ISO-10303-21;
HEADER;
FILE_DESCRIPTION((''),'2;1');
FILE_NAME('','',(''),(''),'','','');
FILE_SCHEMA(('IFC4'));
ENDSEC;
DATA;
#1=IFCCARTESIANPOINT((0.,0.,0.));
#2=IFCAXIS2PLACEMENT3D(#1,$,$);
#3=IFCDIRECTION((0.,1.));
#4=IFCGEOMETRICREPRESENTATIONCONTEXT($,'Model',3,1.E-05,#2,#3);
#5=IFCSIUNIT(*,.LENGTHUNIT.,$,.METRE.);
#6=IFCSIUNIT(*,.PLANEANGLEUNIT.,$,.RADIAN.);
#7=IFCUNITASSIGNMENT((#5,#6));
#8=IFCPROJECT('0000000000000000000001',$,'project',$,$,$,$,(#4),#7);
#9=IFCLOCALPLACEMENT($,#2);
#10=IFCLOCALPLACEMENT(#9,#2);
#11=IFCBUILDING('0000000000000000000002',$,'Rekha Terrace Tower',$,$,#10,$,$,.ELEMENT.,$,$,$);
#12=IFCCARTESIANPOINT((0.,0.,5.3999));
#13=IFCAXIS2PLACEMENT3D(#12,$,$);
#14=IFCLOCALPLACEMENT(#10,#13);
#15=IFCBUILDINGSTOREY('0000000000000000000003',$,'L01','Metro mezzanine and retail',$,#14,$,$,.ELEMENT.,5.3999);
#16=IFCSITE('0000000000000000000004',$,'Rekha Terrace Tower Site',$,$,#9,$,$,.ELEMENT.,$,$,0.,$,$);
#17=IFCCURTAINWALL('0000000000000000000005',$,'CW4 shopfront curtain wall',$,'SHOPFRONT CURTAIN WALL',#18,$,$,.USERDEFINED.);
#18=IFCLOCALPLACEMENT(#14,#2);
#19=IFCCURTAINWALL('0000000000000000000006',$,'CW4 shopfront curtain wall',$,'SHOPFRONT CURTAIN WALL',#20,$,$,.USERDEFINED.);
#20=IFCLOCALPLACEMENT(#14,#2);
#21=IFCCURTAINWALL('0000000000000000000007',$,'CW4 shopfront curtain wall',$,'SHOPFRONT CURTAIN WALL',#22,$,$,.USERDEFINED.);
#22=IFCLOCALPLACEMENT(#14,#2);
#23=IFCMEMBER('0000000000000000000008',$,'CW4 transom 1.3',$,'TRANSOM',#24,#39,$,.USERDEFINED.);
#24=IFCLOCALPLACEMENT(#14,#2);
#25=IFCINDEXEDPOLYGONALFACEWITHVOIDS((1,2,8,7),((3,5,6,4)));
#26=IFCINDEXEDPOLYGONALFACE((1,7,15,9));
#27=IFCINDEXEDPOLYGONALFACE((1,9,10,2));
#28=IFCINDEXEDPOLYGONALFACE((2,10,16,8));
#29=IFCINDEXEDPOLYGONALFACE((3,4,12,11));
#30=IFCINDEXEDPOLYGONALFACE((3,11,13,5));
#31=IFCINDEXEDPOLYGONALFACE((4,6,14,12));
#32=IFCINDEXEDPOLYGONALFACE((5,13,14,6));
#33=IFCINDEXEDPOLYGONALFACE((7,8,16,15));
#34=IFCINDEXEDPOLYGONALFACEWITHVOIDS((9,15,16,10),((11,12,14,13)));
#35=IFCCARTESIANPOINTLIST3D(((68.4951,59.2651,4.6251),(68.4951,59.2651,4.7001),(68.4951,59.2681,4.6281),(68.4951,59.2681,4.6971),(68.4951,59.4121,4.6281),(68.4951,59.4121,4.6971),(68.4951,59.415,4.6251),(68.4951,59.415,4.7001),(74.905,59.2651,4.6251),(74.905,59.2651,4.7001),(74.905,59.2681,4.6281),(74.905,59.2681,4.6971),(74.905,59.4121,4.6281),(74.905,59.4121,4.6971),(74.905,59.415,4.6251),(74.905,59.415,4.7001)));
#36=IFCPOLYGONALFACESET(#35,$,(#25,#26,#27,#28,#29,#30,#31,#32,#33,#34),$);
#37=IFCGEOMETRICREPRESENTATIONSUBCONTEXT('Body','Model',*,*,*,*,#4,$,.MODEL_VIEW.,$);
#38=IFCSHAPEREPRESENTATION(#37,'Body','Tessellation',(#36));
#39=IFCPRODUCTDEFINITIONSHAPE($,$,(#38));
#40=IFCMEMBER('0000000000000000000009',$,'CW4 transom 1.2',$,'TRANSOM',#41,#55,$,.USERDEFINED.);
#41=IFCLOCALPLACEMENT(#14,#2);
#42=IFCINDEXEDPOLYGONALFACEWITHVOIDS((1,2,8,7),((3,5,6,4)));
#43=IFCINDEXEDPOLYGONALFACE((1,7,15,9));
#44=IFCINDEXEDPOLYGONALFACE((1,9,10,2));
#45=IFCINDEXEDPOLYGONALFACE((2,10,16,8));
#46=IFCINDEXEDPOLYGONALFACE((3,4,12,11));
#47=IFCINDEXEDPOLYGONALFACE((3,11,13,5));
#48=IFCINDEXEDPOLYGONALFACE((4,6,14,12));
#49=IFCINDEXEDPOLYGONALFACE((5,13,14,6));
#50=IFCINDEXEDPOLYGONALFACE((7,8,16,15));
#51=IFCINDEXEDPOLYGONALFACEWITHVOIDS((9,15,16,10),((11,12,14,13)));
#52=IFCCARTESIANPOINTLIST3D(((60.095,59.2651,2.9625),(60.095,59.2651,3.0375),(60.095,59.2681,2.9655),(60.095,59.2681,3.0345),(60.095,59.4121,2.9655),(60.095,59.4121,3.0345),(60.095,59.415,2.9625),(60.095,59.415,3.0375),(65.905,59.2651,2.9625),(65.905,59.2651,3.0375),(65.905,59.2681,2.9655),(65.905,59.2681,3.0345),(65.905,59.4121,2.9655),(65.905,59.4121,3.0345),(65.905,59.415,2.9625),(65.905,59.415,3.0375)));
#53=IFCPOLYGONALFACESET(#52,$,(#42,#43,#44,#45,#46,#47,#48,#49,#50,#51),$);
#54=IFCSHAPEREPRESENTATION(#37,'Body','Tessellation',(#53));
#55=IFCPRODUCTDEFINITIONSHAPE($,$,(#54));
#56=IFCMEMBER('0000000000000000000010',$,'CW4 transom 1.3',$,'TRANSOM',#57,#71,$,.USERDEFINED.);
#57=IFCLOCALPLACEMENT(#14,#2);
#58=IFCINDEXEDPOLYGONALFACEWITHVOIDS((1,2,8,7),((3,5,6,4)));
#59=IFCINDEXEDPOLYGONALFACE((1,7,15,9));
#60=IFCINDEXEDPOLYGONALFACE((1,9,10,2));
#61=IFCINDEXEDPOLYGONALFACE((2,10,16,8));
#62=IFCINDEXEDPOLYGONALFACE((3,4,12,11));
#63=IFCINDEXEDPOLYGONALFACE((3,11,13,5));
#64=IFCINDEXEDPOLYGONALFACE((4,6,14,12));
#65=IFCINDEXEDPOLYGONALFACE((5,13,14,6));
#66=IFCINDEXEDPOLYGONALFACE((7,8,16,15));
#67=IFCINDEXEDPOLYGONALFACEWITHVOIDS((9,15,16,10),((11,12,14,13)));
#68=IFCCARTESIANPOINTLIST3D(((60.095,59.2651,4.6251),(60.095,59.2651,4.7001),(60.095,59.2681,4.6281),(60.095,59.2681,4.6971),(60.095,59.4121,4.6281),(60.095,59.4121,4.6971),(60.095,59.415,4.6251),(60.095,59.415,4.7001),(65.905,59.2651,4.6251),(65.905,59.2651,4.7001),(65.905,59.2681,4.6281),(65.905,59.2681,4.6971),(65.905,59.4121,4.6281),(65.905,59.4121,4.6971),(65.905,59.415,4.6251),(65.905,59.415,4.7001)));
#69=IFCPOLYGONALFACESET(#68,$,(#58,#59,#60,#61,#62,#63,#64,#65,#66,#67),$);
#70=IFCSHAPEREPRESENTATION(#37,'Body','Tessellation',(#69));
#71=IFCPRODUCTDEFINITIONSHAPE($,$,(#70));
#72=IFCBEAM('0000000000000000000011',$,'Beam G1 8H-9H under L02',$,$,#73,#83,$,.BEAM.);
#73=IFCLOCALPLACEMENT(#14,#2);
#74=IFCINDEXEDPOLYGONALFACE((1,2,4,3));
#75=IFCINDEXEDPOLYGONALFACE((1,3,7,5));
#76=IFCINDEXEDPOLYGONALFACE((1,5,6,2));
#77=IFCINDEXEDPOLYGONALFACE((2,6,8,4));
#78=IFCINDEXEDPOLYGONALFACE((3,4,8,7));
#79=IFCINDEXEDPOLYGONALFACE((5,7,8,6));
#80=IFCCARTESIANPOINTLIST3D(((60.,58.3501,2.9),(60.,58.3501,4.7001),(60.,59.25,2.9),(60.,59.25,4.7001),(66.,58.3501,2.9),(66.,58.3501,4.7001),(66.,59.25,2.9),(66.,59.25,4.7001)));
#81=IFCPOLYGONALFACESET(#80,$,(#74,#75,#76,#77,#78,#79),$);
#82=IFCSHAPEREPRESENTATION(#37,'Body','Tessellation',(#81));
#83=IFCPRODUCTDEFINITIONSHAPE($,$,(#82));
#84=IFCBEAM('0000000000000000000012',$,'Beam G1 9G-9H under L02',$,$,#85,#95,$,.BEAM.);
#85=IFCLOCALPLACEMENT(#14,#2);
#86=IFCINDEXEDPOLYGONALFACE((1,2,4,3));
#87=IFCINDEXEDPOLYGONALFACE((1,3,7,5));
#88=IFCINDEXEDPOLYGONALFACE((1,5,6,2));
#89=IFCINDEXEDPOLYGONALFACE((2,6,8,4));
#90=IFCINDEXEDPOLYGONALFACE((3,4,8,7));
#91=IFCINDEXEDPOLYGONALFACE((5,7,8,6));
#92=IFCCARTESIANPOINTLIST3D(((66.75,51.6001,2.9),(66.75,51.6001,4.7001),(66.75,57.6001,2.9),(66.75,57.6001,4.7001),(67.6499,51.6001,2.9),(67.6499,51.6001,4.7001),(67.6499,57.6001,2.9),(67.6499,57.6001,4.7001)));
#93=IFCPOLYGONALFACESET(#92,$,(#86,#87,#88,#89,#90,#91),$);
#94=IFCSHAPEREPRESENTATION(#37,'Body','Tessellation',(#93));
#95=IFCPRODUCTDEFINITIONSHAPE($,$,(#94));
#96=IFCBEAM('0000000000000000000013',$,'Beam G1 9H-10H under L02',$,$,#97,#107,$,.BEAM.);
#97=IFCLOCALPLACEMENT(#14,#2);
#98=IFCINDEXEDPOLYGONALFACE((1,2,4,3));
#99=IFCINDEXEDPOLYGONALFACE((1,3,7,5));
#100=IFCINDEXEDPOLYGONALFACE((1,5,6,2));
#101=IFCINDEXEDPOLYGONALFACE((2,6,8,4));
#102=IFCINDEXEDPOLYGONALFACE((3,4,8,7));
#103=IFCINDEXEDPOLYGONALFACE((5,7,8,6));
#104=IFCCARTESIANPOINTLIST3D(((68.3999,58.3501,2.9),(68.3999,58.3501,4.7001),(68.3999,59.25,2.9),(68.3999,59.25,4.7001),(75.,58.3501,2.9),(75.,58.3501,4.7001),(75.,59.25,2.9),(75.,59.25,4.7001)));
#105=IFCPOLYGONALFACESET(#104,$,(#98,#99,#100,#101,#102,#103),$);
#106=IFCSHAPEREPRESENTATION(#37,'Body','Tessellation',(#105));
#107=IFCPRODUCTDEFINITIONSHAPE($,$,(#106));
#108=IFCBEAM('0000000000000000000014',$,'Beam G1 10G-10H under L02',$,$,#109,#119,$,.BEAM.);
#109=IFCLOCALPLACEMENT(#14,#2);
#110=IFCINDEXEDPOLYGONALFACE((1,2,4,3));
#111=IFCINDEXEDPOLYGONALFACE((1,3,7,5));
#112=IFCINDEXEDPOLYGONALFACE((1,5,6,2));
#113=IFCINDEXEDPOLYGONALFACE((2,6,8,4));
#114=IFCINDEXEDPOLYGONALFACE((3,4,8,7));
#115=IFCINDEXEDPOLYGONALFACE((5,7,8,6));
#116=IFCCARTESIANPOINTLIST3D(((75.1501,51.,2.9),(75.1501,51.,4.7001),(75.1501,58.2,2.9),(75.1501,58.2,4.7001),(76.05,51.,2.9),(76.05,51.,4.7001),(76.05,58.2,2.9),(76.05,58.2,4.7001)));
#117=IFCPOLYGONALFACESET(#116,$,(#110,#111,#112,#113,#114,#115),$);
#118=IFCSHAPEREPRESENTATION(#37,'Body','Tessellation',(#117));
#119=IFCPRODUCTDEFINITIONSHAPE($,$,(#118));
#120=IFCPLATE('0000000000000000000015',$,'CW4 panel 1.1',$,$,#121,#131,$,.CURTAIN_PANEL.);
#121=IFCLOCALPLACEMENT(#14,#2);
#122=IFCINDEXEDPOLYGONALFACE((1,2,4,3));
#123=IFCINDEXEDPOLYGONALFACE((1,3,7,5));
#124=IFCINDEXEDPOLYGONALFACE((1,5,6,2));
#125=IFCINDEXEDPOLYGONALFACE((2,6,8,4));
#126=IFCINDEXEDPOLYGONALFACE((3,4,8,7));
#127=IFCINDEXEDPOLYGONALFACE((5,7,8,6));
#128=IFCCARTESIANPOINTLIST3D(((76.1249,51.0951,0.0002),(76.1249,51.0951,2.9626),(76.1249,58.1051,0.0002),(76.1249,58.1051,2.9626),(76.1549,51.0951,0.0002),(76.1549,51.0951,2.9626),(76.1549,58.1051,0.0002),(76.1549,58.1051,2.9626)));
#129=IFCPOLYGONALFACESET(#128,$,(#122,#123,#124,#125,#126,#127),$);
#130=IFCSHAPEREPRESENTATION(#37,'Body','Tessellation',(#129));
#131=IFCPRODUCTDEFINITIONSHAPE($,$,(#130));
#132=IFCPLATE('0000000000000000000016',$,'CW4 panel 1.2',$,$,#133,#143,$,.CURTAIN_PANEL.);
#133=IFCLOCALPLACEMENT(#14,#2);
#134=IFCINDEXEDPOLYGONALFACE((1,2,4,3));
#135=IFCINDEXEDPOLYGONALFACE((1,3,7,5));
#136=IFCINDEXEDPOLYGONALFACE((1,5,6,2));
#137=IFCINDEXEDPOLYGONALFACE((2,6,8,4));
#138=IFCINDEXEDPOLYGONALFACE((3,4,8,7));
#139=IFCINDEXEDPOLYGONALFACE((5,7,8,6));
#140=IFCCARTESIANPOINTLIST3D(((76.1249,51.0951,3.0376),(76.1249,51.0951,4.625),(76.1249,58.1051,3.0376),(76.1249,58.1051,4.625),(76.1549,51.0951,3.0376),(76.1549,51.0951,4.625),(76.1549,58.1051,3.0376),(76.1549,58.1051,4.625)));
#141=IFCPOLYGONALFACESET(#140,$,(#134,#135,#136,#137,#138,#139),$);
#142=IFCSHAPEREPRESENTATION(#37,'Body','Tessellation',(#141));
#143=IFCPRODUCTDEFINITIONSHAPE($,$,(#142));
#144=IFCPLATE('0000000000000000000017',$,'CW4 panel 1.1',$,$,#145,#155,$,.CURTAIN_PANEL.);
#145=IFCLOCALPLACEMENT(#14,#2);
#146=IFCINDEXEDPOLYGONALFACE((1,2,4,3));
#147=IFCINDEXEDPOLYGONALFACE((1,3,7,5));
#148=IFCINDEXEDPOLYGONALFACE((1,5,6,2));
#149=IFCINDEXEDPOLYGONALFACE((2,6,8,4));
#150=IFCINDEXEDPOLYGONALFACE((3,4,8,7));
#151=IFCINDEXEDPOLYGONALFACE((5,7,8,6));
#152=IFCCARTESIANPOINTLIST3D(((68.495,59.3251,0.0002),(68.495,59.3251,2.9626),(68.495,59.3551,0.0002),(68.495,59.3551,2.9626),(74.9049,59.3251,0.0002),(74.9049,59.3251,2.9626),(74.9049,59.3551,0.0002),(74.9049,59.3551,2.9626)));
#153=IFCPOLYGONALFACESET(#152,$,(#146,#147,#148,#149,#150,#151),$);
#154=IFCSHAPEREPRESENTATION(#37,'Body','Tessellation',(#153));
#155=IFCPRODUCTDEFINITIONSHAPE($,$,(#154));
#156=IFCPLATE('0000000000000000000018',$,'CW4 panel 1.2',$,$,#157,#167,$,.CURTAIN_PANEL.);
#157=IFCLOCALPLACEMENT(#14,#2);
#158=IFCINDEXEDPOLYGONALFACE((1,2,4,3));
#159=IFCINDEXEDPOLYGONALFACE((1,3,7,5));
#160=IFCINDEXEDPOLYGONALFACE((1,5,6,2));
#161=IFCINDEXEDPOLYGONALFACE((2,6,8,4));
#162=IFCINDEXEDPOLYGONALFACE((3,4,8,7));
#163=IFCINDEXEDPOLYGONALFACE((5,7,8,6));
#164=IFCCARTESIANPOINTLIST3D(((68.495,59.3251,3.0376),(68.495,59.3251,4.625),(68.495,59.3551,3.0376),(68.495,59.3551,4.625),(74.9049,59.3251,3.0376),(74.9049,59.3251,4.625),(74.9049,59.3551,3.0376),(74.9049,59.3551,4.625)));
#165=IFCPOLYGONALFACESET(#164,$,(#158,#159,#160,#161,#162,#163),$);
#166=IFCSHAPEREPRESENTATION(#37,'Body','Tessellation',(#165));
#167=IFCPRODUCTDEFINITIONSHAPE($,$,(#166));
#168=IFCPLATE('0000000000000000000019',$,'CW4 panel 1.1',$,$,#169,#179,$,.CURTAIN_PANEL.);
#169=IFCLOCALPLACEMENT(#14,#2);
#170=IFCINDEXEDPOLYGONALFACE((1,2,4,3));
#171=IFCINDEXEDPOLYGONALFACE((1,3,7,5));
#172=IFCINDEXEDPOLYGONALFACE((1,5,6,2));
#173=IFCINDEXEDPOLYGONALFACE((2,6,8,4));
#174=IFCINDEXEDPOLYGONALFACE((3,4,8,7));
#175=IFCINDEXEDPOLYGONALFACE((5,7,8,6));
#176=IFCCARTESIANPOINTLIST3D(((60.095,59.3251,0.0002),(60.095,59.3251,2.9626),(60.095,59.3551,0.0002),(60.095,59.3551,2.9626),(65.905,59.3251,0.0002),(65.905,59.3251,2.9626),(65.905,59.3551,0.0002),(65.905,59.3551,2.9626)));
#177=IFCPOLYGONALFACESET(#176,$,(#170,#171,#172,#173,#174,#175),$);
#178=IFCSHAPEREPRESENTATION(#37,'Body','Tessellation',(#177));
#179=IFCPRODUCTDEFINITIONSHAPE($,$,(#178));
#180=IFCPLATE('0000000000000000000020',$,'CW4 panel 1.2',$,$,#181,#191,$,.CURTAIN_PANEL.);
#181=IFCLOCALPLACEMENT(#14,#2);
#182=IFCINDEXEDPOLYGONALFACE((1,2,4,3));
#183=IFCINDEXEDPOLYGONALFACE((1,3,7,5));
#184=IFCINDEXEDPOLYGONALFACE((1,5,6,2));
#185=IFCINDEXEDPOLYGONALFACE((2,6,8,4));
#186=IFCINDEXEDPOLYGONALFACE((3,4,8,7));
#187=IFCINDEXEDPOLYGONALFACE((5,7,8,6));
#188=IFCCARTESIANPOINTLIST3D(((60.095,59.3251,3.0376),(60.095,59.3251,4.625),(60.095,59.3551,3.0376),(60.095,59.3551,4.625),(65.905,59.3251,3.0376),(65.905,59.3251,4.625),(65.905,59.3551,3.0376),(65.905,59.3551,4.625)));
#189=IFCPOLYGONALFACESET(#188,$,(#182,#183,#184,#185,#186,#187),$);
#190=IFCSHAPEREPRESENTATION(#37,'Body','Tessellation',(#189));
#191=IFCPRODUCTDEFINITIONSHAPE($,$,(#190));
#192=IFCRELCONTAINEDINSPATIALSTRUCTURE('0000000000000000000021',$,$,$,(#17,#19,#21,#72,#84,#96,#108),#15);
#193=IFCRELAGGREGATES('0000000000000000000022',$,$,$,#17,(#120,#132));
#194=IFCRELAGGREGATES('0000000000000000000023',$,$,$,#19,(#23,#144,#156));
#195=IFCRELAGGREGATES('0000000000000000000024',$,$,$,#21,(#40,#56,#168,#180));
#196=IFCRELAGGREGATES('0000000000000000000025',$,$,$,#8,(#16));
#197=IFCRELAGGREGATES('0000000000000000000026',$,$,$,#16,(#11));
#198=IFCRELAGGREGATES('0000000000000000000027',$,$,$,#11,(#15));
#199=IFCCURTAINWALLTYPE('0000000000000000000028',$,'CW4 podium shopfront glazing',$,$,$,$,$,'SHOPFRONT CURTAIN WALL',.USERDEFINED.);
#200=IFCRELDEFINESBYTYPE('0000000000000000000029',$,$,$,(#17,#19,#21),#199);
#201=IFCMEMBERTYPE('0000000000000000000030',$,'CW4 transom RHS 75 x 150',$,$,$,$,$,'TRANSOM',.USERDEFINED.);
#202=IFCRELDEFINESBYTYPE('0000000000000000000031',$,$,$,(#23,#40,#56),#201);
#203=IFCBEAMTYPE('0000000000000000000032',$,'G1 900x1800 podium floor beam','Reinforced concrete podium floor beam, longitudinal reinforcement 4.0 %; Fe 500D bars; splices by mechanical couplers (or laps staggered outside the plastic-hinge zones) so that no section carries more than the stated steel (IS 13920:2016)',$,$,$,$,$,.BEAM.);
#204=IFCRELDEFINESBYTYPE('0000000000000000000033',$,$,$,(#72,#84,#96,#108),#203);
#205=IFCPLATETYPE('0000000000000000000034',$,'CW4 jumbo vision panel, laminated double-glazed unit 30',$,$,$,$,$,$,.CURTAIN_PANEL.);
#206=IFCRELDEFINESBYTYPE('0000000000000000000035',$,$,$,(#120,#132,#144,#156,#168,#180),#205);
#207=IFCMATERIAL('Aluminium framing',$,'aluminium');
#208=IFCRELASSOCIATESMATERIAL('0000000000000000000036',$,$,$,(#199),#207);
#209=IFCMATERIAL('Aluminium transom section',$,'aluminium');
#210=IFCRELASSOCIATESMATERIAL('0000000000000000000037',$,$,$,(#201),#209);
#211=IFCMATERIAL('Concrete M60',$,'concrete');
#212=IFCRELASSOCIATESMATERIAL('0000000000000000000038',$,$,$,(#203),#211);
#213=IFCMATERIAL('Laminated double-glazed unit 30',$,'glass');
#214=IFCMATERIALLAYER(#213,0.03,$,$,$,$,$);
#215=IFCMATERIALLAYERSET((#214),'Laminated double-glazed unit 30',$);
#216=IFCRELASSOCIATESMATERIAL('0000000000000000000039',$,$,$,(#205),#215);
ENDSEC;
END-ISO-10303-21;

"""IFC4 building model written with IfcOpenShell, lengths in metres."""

from ifc_helpers import new_model, si_unit, direction, frame, origin, origin_2d, place, context, subcontext, project, spatial, rectangle, hollow_rectangle, extrude, material, layer, layer_set, material_profile, profile_set, type_object, element, aggregate, save


model = new_model("IFC4")

# Units and contexts
model_context = context("Model", 3, precision=1e-05, world=origin(), true_north=direction((0.0, 1.0)))
body_context = subcontext(model_context, "Body", "Model", "MODEL_VIEW")
ifc_project = project(units=[si_unit("LENGTHUNIT", "METRE"), si_unit("PLANEANGLEUNIT", "RADIAN")], contexts=[model_context])

# Site, building, storey
site_placement = place(None, origin())
site = spatial("IfcSite", under=ifc_project, at=site_placement, Name="Rekha Terrace Tower Site", CompositionType="ELEMENT", RefElevation=0.0)
building_placement = place(site_placement, origin())
building = spatial("IfcBuilding", under=site, at=building_placement, Name="Rekha Terrace Tower", CompositionType="ELEMENT")
storey_placement = place(building_placement, frame((0.0, 0.0, 5.3999)))
storey = spatial("IfcBuildingStorey", under=building, at=storey_placement, Name="L01", Description="Metro mezzanine and retail", CompositionType="ELEMENT", Elevation=5.3999)

# Shared definitions
ifc_material_1 = material(Name="Concrete M60", Category="concrete")

# Curtain walls
ifc_material_2 = material(Name="Aluminium framing", Category="aluminium")
curtain_wall_type = type_object("IfcCurtainWallType", Name="CW4 podium shopfront glazing", ElementType="SHOPFRONT CURTAIN WALL", PredefinedType="USERDEFINED", material=ifc_material_2)
curtain_wall_1_placement = place(storey_placement, origin())
curtain_wall_1 = element("IfcCurtainWall", 1, at=curtain_wall_1_placement, inside=storey, type_object=curtain_wall_type, Name="CW4 shopfront curtain wall", ObjectType="SHOPFRONT CURTAIN WALL", PredefinedType="USERDEFINED")
curtain_wall_2_placement = place(storey_placement, origin())
curtain_wall_2 = element("IfcCurtainWall", 2, at=curtain_wall_2_placement, inside=storey, type_object=curtain_wall_type, Name="CW4 shopfront curtain wall", ObjectType="SHOPFRONT CURTAIN WALL", PredefinedType="USERDEFINED")
curtain_wall_3_placement = place(storey_placement, origin())
curtain_wall_3 = element("IfcCurtainWall", 3, at=curtain_wall_3_placement, inside=storey, type_object=curtain_wall_type, Name="CW4 shopfront curtain wall", ObjectType="SHOPFRONT CURTAIN WALL", PredefinedType="USERDEFINED")

# Members
ifc_material_3 = material(Name="Aluminium transom section", Category="aluminium")
ifc_material_profile_1 = material_profile(ifc_material_3, hollow_rectangle(XDim=0.1499, YDim=0.075, WallThickness=0.0029, at=origin_2d()), Name="AL RHS 150x75")
ifc_profile_set_1 = profile_set([ifc_material_profile_1], Name="Aluminium transom section")
member_type_1 = type_object("IfcMemberType", Name="CW4 transom RHS 75 x 150", ElementType="TRANSOM", PredefinedType="USERDEFINED", material=ifc_profile_set_1)
member_1_placement = place(storey_placement, frame((74.905, 59.3401, 4.6626), z_axis=(-1.0, 0.0, 0.0), x_axis=(0.0, -1.0, 0.0)))
member_1 = element("IfcMember", 4, at=member_1_placement, type_object=member_type_1, Name="CW4 transom 1.3", ObjectType="TRANSOM", PredefinedType="USERDEFINED", context=body_context, shape_type="SweptSolid", body=[
    extrude(hollow_rectangle(XDim=0.1499, YDim=0.075, WallThickness=0.0029, at=origin_2d()), origin(), (0.0, 0.0, 1.0), 6.4099),
])
member_2_placement = place(storey_placement, frame((65.905, 59.3401, 3.0), z_axis=(-1.0, 0.0, 0.0), x_axis=(0.0, -1.0, 0.0)))
member_2 = element("IfcMember", 5, at=member_2_placement, type_object=member_type_1, Name="CW4 transom 1.2", ObjectType="TRANSOM", PredefinedType="USERDEFINED", context=body_context, shape_type="SweptSolid", body=[
    extrude(hollow_rectangle(XDim=0.1499, YDim=0.075, WallThickness=0.0029, at=origin_2d()), origin(), (0.0, 0.0, 1.0), 5.8101),
])
member_3_placement = place(storey_placement, frame((65.905, 59.3401, 4.6626), z_axis=(-1.0, 0.0, 0.0), x_axis=(0.0, -1.0, 0.0)))
member_3 = element("IfcMember", 6, at=member_3_placement, type_object=member_type_1, Name="CW4 transom 1.3", ObjectType="TRANSOM", PredefinedType="USERDEFINED", context=body_context, shape_type="SweptSolid", body=[
    extrude(hollow_rectangle(XDim=0.1499, YDim=0.075, WallThickness=0.0029, at=origin_2d()), origin(), (0.0, 0.0, 1.0), 5.8101),
])

# Beams
ifc_material_profile_2 = material_profile(ifc_material_1, rectangle(XDim=0.8999, YDim=1.8, at=origin_2d()), Name="RC 900x1800")
ifc_profile_set_2 = profile_set([ifc_material_profile_2], Name="Concrete M60")
beam_type = type_object("IfcBeamType", Name="G1 900x1800 podium floor beam", Description="Reinforced concrete podium floor beam, longitudinal reinforcement 4.0 %; Fe 500D bars; splices by mechanical couplers (or laps staggered outside the plastic-hinge zones) so that no section carries more than the stated steel (IS 13920:2016)", PredefinedType="BEAM", material=ifc_profile_set_2)
for number, where, z_axis, x_axis, name in (
    (7, (60.0, 58.8, 3.8), (1.0, 0.0, 0.0), (0.0, 1.0, 0.0), "Beam G1 8H-9H under L02"),
    (8, (67.2, 51.6001, 3.8), (0.0, 1.0, 0.0), (-1.0, 0.0, 0.0), "Beam G1 9G-9H under L02"),
):
    element("IfcBeam", number, at=place(storey_placement, frame(where, z_axis=z_axis, x_axis=x_axis)), inside=storey, type_object=beam_type, Name=name, PredefinedType="BEAM", context=body_context, shape_type="SweptSolid", body=[
        extrude(rectangle(XDim=0.8999, YDim=1.8, at=origin_2d()), origin(), (0.0, 0.0, 1.0), 6.0),
    ])
beam_1_placement = place(storey_placement, frame((68.3999, 58.8, 3.8), z_axis=(1.0, 0.0, 0.0), x_axis=(0.0, 1.0, 0.0)))
element("IfcBeam", 9, at=beam_1_placement, inside=storey, type_object=beam_type, Name="Beam G1 9H-10H under L02", PredefinedType="BEAM", context=body_context, shape_type="SweptSolid", body=[
    extrude(rectangle(XDim=0.8999, YDim=1.8, at=origin_2d()), origin(), (0.0, 0.0, 1.0), 6.6001),
])
beam_2_placement = place(storey_placement, frame((75.6001, 51.0, 3.8), z_axis=(0.0, 1.0, 0.0), x_axis=(-1.0, 0.0, 0.0)))
element("IfcBeam", 10, at=beam_2_placement, inside=storey, type_object=beam_type, Name="Beam G1 10G-10H under L02", PredefinedType="BEAM", context=body_context, shape_type="SweptSolid", body=[
    extrude(rectangle(XDim=0.8999, YDim=1.8, at=origin_2d()), origin(), (0.0, 0.0, 1.0), 7.2),
])

# Plates
ifc_material_4 = material(Name="Laminated double-glazed unit 30", Category="glass")
ifc_layer = layer(ifc_material_4, 0.03)
ifc_layer_set = layer_set([ifc_layer], Name="Laminated double-glazed unit 30")
plate_type = type_object("IfcPlateType", Name="CW4 jumbo vision panel, laminated double-glazed unit 30", PredefinedType="CURTAIN_PANEL", material=ifc_layer_set)
plate_1_placement = place(storey_placement, frame((76.1399, 54.6001, 0.0002), z_axis=(0.0, 0.0, 1.0), x_axis=(0.0, 1.0, 0.0)))
plate_1 = element("IfcPlate", 11, at=plate_1_placement, type_object=plate_type, Name="CW4 panel 1.1", PredefinedType="CURTAIN_PANEL", context=body_context, shape_type="SweptSolid", body=[
    extrude(rectangle(XDim=7.01, YDim=0.03, at=origin_2d()), origin(), (0.0, 0.0, 1.0), 2.9624),
])
plate_2_placement = place(storey_placement, frame((76.1399, 54.6001, 3.0376), z_axis=(0.0, 0.0, 1.0), x_axis=(0.0, 1.0, 0.0)))
plate_2 = element("IfcPlate", 12, at=plate_2_placement, type_object=plate_type, Name="CW4 panel 1.2", PredefinedType="CURTAIN_PANEL", context=body_context, shape_type="SweptSolid", body=[
    extrude(rectangle(XDim=7.01, YDim=0.03, at=origin_2d()), origin(), (0.0, 0.0, 1.0), 1.5874),
])
aggregate(curtain_wall_1, [plate_1, plate_2])
plate_3_placement = place(storey_placement, frame((71.7, 59.3401, 0.0002), z_axis=(0.0, 0.0, 1.0), x_axis=(-1.0, 0.0, 0.0)))
plate_3 = element("IfcPlate", 13, at=plate_3_placement, type_object=plate_type, Name="CW4 panel 1.1", PredefinedType="CURTAIN_PANEL", context=body_context, shape_type="SweptSolid", body=[
    extrude(rectangle(XDim=6.4099, YDim=0.03, at=origin_2d()), origin(), (0.0, 0.0, 1.0), 2.9624),
])
plate_4_placement = place(storey_placement, frame((71.7, 59.3401, 3.0376), z_axis=(0.0, 0.0, 1.0), x_axis=(-1.0, 0.0, 0.0)))
plate_4 = element("IfcPlate", 14, at=plate_4_placement, type_object=plate_type, Name="CW4 panel 1.2", PredefinedType="CURTAIN_PANEL", context=body_context, shape_type="SweptSolid", body=[
    extrude(rectangle(XDim=6.4099, YDim=0.03, at=origin_2d()), origin(), (0.0, 0.0, 1.0), 1.5874),
])
aggregate(curtain_wall_2, [member_1, plate_3, plate_4])
plate_5_placement = place(storey_placement, frame((63.0, 59.3401, 0.0002), z_axis=(0.0, 0.0, 1.0), x_axis=(-1.0, 0.0, 0.0)))
plate_5 = element("IfcPlate", 15, at=plate_5_placement, type_object=plate_type, Name="CW4 panel 1.1", PredefinedType="CURTAIN_PANEL", context=body_context, shape_type="SweptSolid", body=[
    extrude(rectangle(XDim=5.8101, YDim=0.03, at=origin_2d()), origin(), (0.0, 0.0, 1.0), 2.9624),
])
plate_6_placement = place(storey_placement, frame((63.0, 59.3401, 3.0376), z_axis=(0.0, 0.0, 1.0), x_axis=(-1.0, 0.0, 0.0)))
plate_6 = element("IfcPlate", 16, at=plate_6_placement, type_object=plate_type, Name="CW4 panel 1.2", PredefinedType="CURTAIN_PANEL", context=body_context, shape_type="SweptSolid", body=[
    extrude(rectangle(XDim=5.8101, YDim=0.03, at=origin_2d()), origin(), (0.0, 0.0, 1.0), 1.5874),
])
aggregate(curtain_wall_3, [member_2, member_3, plate_5, plate_6])

save(model, "model.ifc")
